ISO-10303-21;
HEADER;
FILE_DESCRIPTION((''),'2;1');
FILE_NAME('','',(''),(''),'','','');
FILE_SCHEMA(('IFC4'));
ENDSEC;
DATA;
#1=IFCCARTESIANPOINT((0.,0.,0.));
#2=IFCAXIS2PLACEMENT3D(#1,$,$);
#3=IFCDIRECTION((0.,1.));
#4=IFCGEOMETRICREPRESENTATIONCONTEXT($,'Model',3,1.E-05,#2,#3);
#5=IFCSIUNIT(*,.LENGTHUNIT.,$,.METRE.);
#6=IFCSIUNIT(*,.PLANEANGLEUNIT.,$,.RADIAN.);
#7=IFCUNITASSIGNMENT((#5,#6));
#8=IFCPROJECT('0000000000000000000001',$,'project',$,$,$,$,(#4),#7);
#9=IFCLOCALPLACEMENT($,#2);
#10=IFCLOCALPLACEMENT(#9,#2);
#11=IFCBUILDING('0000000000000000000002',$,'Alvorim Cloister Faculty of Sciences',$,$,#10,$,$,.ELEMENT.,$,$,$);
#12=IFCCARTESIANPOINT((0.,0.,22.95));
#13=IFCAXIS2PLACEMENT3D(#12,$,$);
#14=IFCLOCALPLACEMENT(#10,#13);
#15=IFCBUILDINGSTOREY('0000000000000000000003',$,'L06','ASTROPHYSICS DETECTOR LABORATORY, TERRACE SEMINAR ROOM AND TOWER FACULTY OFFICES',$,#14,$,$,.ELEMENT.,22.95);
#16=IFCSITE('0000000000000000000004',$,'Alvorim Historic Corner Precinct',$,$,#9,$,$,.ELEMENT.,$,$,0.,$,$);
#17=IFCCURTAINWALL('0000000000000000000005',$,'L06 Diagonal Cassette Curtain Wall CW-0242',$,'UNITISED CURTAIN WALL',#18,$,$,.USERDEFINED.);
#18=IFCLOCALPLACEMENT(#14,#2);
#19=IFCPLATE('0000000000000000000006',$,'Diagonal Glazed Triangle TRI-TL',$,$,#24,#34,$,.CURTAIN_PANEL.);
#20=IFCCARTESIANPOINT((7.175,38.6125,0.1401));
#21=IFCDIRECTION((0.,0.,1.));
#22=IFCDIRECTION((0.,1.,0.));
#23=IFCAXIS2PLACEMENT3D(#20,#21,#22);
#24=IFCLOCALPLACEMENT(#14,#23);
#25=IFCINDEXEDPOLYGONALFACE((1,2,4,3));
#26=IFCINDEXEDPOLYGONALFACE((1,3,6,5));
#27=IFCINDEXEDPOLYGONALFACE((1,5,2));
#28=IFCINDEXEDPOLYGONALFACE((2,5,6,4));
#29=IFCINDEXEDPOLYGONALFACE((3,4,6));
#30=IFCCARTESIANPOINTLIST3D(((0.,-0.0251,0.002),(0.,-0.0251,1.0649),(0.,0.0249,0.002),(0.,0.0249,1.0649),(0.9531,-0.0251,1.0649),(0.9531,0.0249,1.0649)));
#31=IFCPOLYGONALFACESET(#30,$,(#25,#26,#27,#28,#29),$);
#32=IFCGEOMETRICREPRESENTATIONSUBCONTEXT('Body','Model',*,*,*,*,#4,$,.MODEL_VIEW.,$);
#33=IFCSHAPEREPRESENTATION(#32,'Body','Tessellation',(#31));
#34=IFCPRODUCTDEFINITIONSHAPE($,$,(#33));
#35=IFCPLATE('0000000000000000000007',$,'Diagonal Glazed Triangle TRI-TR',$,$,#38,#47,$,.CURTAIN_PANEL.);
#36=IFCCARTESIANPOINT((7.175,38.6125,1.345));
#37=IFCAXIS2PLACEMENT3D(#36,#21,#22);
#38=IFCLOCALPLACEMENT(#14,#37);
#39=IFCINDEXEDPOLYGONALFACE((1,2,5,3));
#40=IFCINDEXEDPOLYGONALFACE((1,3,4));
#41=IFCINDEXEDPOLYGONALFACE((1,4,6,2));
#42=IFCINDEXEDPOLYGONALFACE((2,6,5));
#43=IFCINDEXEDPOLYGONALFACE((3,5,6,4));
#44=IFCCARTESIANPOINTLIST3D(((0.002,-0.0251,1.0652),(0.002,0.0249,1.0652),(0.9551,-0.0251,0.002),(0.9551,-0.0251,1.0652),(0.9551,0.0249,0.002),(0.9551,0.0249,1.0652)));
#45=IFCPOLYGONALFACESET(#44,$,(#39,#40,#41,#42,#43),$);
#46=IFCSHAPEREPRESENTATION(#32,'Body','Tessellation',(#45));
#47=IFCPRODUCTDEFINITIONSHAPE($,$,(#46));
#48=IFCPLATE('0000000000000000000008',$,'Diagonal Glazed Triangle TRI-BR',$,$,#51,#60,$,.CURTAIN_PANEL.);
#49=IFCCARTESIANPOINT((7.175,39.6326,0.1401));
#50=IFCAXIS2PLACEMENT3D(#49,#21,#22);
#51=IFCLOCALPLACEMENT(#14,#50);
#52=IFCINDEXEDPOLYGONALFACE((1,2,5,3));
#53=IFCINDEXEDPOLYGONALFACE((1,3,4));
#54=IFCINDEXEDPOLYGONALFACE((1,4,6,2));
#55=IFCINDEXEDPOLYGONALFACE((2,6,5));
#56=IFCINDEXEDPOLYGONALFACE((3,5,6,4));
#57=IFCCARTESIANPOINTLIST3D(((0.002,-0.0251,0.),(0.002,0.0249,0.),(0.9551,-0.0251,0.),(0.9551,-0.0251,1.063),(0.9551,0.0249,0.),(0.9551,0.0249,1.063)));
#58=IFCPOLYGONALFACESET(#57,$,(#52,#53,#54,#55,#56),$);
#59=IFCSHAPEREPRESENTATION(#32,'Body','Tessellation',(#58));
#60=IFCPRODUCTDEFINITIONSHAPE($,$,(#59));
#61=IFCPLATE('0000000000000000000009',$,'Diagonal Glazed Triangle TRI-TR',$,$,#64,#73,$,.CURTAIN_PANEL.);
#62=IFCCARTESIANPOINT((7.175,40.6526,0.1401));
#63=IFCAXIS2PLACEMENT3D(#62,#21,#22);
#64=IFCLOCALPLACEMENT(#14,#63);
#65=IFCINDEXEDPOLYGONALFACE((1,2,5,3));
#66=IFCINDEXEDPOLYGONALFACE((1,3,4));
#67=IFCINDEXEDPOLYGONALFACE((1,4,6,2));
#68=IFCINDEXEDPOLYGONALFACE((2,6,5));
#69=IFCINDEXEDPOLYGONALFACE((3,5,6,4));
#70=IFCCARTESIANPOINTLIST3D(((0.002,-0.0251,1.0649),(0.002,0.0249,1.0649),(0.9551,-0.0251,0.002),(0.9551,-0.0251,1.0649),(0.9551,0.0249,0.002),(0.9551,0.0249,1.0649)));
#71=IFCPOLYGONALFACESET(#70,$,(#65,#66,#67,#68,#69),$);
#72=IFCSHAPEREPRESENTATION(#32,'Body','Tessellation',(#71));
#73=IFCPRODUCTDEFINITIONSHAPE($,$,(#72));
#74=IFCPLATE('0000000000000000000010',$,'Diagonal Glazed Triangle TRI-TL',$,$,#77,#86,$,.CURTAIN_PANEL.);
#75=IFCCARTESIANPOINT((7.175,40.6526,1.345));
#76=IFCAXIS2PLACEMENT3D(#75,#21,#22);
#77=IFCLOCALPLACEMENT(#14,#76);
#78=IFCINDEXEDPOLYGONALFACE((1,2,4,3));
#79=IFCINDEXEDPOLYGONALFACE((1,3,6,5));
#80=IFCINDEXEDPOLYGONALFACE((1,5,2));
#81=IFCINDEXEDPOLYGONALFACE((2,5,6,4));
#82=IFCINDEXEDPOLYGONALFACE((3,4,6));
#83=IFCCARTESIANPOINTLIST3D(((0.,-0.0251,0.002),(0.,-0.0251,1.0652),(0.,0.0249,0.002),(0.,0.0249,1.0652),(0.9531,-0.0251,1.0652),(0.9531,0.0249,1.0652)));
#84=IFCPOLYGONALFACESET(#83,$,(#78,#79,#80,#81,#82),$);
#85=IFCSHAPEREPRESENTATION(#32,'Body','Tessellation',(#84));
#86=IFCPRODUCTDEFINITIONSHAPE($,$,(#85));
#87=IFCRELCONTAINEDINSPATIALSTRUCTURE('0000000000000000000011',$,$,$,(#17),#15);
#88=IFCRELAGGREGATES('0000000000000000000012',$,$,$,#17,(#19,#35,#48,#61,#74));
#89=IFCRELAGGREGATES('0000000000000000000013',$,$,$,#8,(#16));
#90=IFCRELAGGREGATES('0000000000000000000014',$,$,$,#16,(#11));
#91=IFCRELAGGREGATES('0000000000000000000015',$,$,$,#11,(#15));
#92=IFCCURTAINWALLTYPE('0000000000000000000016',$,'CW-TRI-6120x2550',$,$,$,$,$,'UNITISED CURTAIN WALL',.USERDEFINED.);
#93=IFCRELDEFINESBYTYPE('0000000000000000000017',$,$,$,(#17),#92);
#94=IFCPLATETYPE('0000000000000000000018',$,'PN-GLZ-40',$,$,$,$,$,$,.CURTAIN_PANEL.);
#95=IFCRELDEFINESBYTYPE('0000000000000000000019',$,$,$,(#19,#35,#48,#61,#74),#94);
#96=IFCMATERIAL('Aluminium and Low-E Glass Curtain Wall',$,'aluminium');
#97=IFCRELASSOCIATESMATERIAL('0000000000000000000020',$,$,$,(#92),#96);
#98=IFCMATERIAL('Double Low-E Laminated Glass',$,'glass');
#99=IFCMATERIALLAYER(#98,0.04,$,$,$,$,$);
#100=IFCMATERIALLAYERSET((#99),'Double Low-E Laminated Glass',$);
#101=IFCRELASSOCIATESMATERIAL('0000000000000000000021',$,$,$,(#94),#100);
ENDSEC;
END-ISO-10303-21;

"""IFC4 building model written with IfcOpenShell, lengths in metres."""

from ifc_helpers import new_model, si_unit, direction, frame, origin, place, context, subcontext, project, spatial, polyline, outline, extrude, material, layer, layer_set, type_object, element, aggregate, save


model = new_model("IFC4")

# Units and contexts
model_context = context("Model", 3, precision=1e-05, world=origin(), true_north=direction((0.0, 1.0)))
body_context = subcontext(model_context, "Body", "Model", "MODEL_VIEW")
ifc_project = project(units=[si_unit("LENGTHUNIT", "METRE"), si_unit("PLANEANGLEUNIT", "RADIAN")], contexts=[model_context])

# Site, building, storey
site_placement = place(None, origin())
site = spatial("IfcSite", under=ifc_project, at=site_placement, Name="Alvorim Historic Corner Precinct", CompositionType="ELEMENT", RefElevation=0.0)
building_placement = place(site_placement, origin())
building = spatial("IfcBuilding", under=site, at=building_placement, Name="Alvorim Cloister Faculty of Sciences", CompositionType="ELEMENT")
storey_placement = place(building_placement, frame((0.0, 0.0, 22.95)))
storey = spatial("IfcBuildingStorey", under=building, at=storey_placement, Name="L06", Description="ASTROPHYSICS DETECTOR LABORATORY, TERRACE SEMINAR ROOM AND TOWER FACULTY OFFICES", CompositionType="ELEMENT", Elevation=22.95)

# Curtain wall, plates
ifc_material_1 = material(Name="Aluminium and Low-E Glass Curtain Wall", Category="aluminium")
curtain_wall_type = type_object("IfcCurtainWallType", Name="CW-TRI-6120x2550", ElementType="UNITISED CURTAIN WALL", PredefinedType="USERDEFINED", material=ifc_material_1)
curtain_wall_placement = place(storey_placement, origin())
curtain_wall = element("IfcCurtainWall", 1, at=curtain_wall_placement, inside=storey, type_object=curtain_wall_type, Name="L06 Diagonal Cassette Curtain Wall CW-0242", ObjectType="UNITISED CURTAIN WALL", PredefinedType="USERDEFINED")
ifc_material_2 = material(Name="Double Low-E Laminated Glass", Category="glass")
ifc_layer = layer(ifc_material_2, 0.04)
ifc_layer_set = layer_set([ifc_layer], Name="Double Low-E Laminated Glass")
plate_type = type_object("IfcPlateType", Name="PN-GLZ-40", PredefinedType="CURTAIN_PANEL", material=ifc_layer_set)
plate_1_placement = place(storey_placement, frame((7.175, 38.6125, 0.1401), z_axis=(0.0, 0.0, 1.0), x_axis=(0.0, 1.0, 0.0)))
plate_1 = element("IfcPlate", 2, at=plate_1_placement, type_object=plate_type, Name="Diagonal Glazed Triangle TRI-TL", PredefinedType="CURTAIN_PANEL", context=body_context, shape_type="SweptSolid", body=[
    extrude(outline(polyline([(0.9531, 1.0649), (0.0, 1.0649), (0.0, 0.002), (0.9531, 1.0649)])), frame((0.0, 0.0249, 0.0), z_axis=(0.0, -1.0, 0.0), x_axis=(1.0, 0.0, 0.0)), (0.0, 0.0, 1.0), 0.05),
])
plate_2_placement = place(storey_placement, frame((7.175, 38.6125, 1.345), z_axis=(0.0, 0.0, 1.0), x_axis=(0.0, 1.0, 0.0)))
plate_2 = element("IfcPlate", 3, at=plate_2_placement, type_object=plate_type, Name="Diagonal Glazed Triangle TRI-TR", PredefinedType="CURTAIN_PANEL", context=body_context, shape_type="SweptSolid", body=[
    extrude(outline(polyline([(0.9551, 0.002), (0.9551, 1.0652), (0.002, 1.0652), (0.9551, 0.002)])), frame((0.0, 0.0249, 0.0), z_axis=(0.0, -1.0, 0.0), x_axis=(1.0, 0.0, 0.0)), (0.0, 0.0, 1.0), 0.05),
])
plate_3_placement = place(storey_placement, frame((7.175, 39.6326, 0.1401), z_axis=(0.0, 0.0, 1.0), x_axis=(0.0, 1.0, 0.0)))
plate_3 = element("IfcPlate", 4, at=plate_3_placement, type_object=plate_type, Name="Diagonal Glazed Triangle TRI-BR", PredefinedType="CURTAIN_PANEL", context=body_context, shape_type="SweptSolid", body=[
    extrude(outline(polyline([(0.002, 0.0), (0.9551, 0.0), (0.9551, 1.063), (0.002, 0.0)])), frame((0.0, 0.0249, 0.0), z_axis=(0.0, -1.0, 0.0), x_axis=(1.0, 0.0, 0.0)), (0.0, 0.0, 1.0), 0.05),
])
plate_4_placement = place(storey_placement, frame((7.175, 40.6526, 0.1401), z_axis=(0.0, 0.0, 1.0), x_axis=(0.0, 1.0, 0.0)))
plate_4 = element("IfcPlate", 5, at=plate_4_placement, type_object=plate_type, Name="Diagonal Glazed Triangle TRI-TR", PredefinedType="CURTAIN_PANEL", context=body_context, shape_type="SweptSolid", body=[
    extrude(outline(polyline([(0.9551, 0.002), (0.9551, 1.0649), (0.002, 1.0649), (0.9551, 0.002)])), frame((0.0, 0.0249, 0.0), z_axis=(0.0, -1.0, 0.0), x_axis=(1.0, 0.0, 0.0)), (0.0, 0.0, 1.0), 0.05),
])
plate_5_placement = place(storey_placement, frame((7.175, 40.6526, 1.345), z_axis=(0.0, 0.0, 1.0), x_axis=(0.0, 1.0, 0.0)))
plate_5 = element("IfcPlate", 6, at=plate_5_placement, type_object=plate_type, Name="Diagonal Glazed Triangle TRI-TL", PredefinedType="CURTAIN_PANEL", context=body_context, shape_type="SweptSolid", body=[
    extrude(outline(polyline([(0.9531, 1.0652), (0.0, 1.0652), (0.0, 0.002), (0.9531, 1.0652)])), frame((0.0, 0.0249, 0.0), z_axis=(0.0, -1.0, 0.0), x_axis=(1.0, 0.0, 0.0)), (0.0, 0.0, 1.0), 0.05),
])
aggregate(curtain_wall, [plate_1, plate_2, plate_3, plate_4, plate_5])

save(model, "model.ifc")
